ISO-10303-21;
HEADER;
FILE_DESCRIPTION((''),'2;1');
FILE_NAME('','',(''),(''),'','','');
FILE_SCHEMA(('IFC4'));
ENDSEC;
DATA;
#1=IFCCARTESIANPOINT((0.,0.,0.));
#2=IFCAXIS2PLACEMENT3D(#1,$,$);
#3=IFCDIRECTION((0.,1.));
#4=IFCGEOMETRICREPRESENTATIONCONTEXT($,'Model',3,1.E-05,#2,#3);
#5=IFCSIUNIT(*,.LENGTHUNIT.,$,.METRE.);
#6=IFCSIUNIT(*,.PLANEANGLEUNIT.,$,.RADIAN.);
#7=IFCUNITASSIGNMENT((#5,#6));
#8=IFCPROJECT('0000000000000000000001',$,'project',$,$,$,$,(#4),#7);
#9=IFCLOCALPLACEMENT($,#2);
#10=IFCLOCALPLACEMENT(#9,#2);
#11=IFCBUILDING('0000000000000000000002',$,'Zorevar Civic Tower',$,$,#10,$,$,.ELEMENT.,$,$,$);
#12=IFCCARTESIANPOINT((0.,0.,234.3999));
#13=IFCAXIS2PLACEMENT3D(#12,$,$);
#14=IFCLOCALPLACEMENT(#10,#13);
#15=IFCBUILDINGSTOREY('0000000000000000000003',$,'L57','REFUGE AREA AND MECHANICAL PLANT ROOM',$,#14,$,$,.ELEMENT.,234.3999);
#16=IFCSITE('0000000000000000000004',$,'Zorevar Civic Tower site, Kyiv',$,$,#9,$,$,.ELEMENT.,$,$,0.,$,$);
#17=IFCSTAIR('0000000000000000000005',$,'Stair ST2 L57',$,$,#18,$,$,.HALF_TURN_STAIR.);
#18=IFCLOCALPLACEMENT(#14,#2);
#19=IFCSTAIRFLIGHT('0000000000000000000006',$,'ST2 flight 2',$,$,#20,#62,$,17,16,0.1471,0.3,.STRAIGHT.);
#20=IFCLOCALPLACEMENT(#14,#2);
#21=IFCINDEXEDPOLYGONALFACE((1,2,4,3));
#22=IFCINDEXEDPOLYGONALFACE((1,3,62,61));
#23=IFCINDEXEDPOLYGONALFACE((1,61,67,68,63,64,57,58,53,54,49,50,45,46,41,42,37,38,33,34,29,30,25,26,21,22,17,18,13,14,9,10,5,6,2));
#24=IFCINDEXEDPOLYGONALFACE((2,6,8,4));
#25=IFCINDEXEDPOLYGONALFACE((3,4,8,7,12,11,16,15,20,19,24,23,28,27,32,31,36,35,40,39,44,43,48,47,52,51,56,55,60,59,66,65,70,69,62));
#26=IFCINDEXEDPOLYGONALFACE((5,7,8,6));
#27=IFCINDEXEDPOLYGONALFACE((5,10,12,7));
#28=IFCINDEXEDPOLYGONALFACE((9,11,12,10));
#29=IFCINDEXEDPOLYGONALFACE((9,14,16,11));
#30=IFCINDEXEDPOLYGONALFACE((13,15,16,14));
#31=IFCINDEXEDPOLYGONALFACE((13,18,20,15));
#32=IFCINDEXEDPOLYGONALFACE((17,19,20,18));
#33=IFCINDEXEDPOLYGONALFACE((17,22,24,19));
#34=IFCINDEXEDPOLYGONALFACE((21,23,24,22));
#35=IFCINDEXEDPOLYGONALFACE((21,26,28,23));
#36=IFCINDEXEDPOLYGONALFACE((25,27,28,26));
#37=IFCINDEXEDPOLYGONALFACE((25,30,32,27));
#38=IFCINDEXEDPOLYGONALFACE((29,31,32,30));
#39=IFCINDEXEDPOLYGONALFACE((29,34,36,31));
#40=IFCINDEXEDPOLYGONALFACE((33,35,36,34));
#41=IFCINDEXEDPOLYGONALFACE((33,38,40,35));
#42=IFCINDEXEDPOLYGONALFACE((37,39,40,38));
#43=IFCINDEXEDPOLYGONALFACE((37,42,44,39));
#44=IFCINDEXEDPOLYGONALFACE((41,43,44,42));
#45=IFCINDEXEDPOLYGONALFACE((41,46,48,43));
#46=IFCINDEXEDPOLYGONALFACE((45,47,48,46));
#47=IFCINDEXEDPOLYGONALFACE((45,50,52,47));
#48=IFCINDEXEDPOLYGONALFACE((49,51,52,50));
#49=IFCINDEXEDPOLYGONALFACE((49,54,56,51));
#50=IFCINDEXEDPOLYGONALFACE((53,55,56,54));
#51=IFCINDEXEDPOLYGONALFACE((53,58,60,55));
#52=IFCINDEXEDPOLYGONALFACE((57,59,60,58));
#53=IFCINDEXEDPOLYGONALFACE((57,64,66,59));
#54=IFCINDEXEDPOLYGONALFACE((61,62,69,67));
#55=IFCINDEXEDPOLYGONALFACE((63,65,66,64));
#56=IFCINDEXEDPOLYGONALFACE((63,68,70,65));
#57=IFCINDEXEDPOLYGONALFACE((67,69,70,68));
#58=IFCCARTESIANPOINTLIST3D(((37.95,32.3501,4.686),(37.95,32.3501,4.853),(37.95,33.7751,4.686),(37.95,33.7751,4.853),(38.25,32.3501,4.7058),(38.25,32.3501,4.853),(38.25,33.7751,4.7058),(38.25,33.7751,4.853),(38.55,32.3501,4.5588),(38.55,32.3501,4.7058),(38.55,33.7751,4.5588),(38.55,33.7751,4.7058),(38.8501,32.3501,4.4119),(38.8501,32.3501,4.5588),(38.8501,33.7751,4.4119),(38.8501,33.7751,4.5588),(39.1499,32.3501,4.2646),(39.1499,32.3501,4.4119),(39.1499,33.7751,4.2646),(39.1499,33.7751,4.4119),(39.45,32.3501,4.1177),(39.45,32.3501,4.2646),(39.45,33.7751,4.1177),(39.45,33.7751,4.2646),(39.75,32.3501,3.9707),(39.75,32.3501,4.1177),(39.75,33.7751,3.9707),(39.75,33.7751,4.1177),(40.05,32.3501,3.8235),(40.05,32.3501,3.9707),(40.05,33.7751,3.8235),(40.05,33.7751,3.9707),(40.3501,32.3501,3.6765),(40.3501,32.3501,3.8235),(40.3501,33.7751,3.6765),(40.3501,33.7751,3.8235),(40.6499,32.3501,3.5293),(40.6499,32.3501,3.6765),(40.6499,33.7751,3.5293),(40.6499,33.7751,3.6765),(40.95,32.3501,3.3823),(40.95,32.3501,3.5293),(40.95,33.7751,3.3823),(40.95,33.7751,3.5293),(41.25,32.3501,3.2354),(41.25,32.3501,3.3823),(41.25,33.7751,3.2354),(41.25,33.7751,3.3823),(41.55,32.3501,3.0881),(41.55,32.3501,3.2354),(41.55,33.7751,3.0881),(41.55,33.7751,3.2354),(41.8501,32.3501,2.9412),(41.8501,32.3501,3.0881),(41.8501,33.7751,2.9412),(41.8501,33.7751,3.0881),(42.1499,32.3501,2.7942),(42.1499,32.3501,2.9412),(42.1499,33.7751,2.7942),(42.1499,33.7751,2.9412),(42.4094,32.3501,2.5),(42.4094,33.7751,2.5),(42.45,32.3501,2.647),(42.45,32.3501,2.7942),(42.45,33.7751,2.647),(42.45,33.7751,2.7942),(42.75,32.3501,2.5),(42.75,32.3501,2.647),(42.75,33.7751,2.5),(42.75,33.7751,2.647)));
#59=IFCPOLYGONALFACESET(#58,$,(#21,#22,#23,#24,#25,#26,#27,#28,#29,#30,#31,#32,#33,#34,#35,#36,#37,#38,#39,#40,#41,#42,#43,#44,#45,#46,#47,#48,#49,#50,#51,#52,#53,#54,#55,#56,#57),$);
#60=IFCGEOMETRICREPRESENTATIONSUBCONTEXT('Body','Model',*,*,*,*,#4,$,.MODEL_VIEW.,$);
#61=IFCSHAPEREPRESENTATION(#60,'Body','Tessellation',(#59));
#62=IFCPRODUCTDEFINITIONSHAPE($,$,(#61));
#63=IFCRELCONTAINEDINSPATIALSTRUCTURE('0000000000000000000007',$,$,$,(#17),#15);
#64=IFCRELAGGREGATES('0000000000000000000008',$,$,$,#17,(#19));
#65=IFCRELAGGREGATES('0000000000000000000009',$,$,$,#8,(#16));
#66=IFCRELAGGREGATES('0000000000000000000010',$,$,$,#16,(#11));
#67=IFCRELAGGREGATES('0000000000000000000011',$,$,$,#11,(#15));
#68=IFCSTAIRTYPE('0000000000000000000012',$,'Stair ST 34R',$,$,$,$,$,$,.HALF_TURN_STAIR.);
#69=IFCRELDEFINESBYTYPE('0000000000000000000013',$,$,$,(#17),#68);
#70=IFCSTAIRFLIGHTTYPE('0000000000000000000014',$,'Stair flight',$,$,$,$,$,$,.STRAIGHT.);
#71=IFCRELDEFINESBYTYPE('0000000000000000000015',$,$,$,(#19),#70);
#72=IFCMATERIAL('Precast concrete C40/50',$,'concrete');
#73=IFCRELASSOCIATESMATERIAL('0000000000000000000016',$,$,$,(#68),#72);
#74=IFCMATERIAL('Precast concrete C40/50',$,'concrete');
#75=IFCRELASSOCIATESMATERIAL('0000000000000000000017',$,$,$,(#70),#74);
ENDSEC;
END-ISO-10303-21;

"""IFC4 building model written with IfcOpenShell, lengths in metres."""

from ifc_helpers import new_model, si_unit, direction, frame, origin, place, context, subcontext, project, spatial, polyline, outline, extrude, material, type_object, element, aggregate, save


model = new_model("IFC4")

# Units and contexts
model_context = context("Model", 3, precision=1e-05, world=origin(), true_north=direction((0.0, 1.0)))
body_context = subcontext(model_context, "Body", "Model", "MODEL_VIEW")
ifc_project = project(units=[si_unit("LENGTHUNIT", "METRE"), si_unit("PLANEANGLEUNIT", "RADIAN")], contexts=[model_context])

# Site, building, storey
site_placement = place(None, origin())
site = spatial("IfcSite", under=ifc_project, at=site_placement, Name="Zorevar Civic Tower site, Kyiv", CompositionType="ELEMENT", RefElevation=0.0)
building_placement = place(site_placement, origin())
building = spatial("IfcBuilding", under=site, at=building_placement, Name="Zorevar Civic Tower", CompositionType="ELEMENT")
storey_placement = place(building_placement, frame((0.0, 0.0, 234.3999)))
storey = spatial("IfcBuildingStorey", under=building, at=storey_placement, Name="L57", Description="REFUGE AREA AND MECHANICAL PLANT ROOM", CompositionType="ELEMENT", Elevation=234.3999)

# Stair, stair flight
ifc_material_1 = material(Name="Precast concrete C40/50", Category="concrete")
stair_type = type_object("IfcStairType", Name="Stair ST 34R", PredefinedType="HALF_TURN_STAIR", material=ifc_material_1)
stair_placement = place(storey_placement, origin())
stair = element("IfcStair", 1, at=stair_placement, inside=storey, type_object=stair_type, Name="Stair ST2 L57", PredefinedType="HALF_TURN_STAIR")
ifc_material_2 = material(Name="Precast concrete C40/50", Category="concrete")
stair_flight_type = type_object("IfcStairFlightType", Name="Stair flight", PredefinedType="STRAIGHT", material=ifc_material_2)
stair_flight_1_placement = place(storey_placement, frame((42.75, 33.0625, 2.5), z_axis=(0.0, 0.0, 1.0), x_axis=(-1.0, 0.0, 0.0)))
stair_flight_1 = element("IfcStairFlight", 2, at=stair_flight_1_placement, type_object=stair_flight_type, Name="ST2 flight 2", NumberOfRisers=17, NumberOfTreads=16, PredefinedType="STRAIGHT", RiserHeight=0.1471, TreadLength=0.3, context=body_context, shape_type="SweptSolid", body=[
    extrude(outline(polyline([(0.0, 0.0), (0.0, 0.147), (0.3, 0.147), (0.3, 0.2942), (0.6001, 0.2942), (0.6001, 0.4412), (0.8999, 0.4412), (0.8999, 0.5881), (1.2, 0.5881), (1.2, 0.7354), (1.5, 0.7354), (1.5, 0.8823), (1.8, 0.8823), (1.8, 1.0293), (2.1001, 1.0293), (2.1001, 1.1765), (2.3999, 1.1765), (2.3999, 1.3235), (2.7, 1.3235), (2.7, 1.4707), (3.0, 1.4707), (3.0, 1.6177), (3.3, 1.6177), (3.3, 1.7646), (3.6001, 1.7646), (3.6001, 1.9119), (3.8999, 1.9119), (3.8999, 2.0588), (4.2, 2.0588), (4.2, 2.2058), (4.5, 2.2058), (4.5, 2.353), (4.8, 2.353), (4.8, 2.5), (4.8, 2.186), (0.3406, 0.0), (0.0, 0.0)])), frame((0.0, 0.7124, 0.0), z_axis=(0.0, -1.0, 0.0), x_axis=(1.0, 0.0, 0.0)), (0.0, 0.0, 1.0), 1.425),
])
aggregate(stair, [stair_flight_1])

save(model, "model.ifc")
